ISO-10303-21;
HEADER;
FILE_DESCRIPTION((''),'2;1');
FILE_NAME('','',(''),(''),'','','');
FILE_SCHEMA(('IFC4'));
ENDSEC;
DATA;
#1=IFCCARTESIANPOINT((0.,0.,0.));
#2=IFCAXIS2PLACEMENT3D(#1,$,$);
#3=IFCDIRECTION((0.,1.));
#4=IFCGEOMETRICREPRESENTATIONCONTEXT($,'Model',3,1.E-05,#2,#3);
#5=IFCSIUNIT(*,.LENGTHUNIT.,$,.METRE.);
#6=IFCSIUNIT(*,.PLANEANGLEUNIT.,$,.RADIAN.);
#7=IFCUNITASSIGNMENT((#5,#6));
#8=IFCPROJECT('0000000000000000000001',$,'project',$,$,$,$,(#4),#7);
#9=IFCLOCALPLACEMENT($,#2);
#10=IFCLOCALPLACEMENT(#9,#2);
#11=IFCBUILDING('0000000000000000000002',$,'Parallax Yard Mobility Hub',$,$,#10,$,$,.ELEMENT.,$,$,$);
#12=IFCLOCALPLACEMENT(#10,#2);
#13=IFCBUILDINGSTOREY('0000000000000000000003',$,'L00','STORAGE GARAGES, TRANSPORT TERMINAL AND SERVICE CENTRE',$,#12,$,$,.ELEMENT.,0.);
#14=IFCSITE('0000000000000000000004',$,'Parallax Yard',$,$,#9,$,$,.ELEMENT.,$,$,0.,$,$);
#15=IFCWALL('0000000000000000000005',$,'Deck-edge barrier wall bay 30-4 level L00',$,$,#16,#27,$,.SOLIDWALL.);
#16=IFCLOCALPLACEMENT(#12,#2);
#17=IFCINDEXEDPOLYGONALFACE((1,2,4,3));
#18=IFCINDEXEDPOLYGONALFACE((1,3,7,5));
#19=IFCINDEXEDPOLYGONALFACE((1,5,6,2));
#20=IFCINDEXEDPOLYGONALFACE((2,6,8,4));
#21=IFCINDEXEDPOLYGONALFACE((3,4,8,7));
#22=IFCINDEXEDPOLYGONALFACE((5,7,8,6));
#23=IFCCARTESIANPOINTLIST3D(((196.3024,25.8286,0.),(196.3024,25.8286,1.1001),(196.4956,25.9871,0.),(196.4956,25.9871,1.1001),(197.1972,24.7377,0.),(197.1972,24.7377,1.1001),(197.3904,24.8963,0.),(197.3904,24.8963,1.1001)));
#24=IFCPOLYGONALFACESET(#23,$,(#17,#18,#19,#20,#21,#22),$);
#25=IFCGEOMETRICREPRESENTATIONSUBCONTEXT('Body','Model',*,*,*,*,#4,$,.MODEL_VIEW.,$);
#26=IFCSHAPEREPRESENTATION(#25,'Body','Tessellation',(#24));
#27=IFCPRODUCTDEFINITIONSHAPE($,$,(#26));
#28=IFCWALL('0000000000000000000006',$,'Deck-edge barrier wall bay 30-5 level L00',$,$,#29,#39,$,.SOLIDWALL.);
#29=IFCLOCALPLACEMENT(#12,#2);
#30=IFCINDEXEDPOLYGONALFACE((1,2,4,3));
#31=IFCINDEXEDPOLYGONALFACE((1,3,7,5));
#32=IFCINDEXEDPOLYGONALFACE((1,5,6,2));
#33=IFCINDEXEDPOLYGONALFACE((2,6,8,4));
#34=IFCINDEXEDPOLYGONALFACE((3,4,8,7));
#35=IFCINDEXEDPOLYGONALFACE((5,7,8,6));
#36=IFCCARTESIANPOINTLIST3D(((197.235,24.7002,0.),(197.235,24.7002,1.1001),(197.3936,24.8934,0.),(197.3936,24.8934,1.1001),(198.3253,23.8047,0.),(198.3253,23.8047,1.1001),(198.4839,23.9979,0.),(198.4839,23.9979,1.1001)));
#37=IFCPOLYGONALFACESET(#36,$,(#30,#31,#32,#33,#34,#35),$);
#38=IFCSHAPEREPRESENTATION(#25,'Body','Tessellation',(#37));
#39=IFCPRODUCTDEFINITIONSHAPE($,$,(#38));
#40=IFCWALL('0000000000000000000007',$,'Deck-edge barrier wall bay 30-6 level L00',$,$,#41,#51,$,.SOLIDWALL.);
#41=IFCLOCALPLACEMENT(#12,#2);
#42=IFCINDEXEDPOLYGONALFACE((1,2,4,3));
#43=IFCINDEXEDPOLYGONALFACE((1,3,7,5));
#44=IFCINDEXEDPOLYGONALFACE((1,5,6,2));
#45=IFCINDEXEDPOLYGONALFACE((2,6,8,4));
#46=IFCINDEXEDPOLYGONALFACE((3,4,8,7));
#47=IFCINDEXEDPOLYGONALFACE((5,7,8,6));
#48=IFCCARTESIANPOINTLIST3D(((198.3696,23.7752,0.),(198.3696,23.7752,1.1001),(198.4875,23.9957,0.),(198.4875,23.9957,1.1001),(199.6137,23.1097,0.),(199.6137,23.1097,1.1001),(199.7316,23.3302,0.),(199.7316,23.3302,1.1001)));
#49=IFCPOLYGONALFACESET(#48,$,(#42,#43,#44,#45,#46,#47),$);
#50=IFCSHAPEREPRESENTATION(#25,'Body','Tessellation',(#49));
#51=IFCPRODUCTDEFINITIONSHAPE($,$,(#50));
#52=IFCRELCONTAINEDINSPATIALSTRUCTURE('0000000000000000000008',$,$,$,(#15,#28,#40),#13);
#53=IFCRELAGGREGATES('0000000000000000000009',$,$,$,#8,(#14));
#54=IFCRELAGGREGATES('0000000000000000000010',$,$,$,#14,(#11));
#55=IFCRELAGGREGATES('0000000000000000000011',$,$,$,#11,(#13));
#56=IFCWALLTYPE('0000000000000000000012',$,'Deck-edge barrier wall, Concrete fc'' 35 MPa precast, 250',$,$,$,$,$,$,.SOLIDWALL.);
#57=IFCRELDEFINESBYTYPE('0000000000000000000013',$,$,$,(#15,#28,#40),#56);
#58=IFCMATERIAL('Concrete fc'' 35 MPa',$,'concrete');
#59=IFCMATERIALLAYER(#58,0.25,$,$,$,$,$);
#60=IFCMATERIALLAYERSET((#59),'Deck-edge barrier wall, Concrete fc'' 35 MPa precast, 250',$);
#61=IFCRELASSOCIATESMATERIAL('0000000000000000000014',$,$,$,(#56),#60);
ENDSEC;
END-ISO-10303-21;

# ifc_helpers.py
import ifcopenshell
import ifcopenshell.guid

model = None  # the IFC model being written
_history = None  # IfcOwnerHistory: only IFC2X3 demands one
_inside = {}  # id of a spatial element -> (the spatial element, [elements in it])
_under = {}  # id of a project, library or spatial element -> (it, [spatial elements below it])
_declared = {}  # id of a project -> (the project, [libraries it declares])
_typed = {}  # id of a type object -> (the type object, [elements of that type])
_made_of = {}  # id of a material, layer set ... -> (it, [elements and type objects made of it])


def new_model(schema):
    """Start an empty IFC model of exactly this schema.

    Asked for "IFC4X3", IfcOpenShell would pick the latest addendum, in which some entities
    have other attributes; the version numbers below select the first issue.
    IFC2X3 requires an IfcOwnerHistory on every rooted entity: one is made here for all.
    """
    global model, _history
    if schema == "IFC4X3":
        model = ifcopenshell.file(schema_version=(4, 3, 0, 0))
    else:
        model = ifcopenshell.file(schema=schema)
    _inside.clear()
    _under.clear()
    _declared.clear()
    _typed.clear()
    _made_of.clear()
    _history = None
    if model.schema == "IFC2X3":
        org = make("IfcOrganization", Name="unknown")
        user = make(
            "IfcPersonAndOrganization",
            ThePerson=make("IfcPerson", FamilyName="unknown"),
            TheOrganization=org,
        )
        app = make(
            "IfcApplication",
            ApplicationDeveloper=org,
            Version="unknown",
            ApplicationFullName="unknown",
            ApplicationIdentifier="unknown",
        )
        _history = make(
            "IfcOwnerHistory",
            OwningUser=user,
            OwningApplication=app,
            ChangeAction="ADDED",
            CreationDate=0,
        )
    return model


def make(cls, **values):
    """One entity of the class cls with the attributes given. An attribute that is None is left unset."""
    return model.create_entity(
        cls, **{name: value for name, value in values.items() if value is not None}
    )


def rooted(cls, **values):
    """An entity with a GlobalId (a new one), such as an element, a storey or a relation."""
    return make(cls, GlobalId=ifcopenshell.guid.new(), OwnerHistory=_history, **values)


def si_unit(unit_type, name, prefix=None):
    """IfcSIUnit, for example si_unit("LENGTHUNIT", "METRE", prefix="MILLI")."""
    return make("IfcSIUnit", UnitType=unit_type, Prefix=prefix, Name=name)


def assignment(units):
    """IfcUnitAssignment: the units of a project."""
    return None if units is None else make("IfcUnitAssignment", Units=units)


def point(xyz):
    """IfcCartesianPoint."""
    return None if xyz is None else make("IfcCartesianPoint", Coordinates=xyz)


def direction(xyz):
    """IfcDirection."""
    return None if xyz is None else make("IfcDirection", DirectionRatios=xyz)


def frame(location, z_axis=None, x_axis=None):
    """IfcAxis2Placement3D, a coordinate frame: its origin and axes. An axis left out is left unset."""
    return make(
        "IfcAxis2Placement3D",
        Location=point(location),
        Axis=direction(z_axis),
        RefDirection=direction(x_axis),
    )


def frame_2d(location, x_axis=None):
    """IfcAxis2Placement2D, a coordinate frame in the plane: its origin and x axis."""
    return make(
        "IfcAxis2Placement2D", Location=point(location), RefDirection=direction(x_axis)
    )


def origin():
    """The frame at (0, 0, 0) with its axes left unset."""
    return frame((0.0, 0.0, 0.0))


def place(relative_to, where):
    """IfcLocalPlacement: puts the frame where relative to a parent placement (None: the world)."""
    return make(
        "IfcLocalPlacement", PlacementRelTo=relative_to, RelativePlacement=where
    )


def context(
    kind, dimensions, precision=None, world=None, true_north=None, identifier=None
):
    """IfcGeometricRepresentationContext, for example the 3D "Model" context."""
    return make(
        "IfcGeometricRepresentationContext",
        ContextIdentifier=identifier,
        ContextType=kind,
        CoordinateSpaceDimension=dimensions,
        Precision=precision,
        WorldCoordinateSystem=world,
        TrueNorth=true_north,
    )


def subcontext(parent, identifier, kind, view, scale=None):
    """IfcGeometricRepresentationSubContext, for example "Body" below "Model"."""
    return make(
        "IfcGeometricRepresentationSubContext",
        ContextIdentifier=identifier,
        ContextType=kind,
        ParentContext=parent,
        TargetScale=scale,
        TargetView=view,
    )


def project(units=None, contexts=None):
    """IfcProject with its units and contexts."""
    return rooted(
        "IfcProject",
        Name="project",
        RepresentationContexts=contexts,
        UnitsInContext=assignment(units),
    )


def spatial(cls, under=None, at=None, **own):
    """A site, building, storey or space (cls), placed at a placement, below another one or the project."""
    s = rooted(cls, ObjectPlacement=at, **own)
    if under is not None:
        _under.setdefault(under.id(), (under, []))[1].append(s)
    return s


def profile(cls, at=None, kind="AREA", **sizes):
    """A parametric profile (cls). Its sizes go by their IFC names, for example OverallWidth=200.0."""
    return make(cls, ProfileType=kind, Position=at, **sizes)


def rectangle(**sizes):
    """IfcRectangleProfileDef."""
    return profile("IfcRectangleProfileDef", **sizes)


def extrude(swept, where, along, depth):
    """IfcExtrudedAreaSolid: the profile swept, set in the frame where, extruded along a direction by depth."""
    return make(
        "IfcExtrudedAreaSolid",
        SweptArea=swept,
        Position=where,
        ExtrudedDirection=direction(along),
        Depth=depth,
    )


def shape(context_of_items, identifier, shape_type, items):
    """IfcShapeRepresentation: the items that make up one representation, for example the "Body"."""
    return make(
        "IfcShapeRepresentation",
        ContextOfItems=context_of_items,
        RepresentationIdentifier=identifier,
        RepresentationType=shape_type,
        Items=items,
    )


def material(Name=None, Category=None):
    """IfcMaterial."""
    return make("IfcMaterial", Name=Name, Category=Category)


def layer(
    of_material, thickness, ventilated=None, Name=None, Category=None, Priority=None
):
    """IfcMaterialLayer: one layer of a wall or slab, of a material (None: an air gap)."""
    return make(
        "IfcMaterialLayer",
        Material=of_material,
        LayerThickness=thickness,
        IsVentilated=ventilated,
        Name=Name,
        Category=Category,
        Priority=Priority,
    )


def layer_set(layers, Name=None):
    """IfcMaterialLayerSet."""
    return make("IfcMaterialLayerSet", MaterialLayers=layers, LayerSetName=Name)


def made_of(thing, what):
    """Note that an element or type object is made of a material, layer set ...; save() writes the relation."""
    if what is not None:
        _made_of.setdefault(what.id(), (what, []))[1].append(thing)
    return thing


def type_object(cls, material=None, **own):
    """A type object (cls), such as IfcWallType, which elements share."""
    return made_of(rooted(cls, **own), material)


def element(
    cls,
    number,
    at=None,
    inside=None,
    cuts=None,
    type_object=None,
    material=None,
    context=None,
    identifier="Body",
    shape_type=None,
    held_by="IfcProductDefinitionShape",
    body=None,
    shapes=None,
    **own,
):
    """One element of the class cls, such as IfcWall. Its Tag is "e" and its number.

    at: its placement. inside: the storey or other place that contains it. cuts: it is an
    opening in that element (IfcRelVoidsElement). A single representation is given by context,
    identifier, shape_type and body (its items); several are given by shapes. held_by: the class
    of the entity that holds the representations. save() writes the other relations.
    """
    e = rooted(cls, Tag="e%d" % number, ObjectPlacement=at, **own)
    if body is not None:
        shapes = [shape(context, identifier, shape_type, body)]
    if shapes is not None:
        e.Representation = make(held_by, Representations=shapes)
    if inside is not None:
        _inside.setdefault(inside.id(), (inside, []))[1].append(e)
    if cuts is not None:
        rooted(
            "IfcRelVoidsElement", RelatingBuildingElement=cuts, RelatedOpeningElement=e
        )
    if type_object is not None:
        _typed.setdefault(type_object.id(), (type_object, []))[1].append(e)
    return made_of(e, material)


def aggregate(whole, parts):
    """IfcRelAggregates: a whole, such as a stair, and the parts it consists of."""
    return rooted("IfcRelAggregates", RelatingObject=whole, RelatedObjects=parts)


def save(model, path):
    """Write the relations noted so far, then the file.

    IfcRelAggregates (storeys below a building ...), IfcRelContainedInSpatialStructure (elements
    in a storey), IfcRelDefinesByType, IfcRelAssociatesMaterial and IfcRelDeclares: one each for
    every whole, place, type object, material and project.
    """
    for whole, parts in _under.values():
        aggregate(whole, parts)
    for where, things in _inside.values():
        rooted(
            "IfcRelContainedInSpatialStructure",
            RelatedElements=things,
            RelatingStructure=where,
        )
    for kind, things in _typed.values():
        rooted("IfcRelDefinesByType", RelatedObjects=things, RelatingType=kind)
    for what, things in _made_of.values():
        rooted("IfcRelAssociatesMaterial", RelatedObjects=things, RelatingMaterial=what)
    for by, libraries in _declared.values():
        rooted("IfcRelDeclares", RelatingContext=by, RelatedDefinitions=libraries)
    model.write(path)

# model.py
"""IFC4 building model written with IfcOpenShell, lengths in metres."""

from ifc_helpers import new_model, si_unit, direction, frame, frame_2d, origin, place, context, subcontext, project, spatial, rectangle, extrude, material, layer, layer_set, type_object, element, save


model = new_model("IFC4")

# Units and contexts
model_context = context("Model", 3, precision=1e-05, world=origin(), true_north=direction((0.0, 1.0)))
body_context = subcontext(model_context, "Body", "Model", "MODEL_VIEW")
ifc_project = project(units=[si_unit("LENGTHUNIT", "METRE"), si_unit("PLANEANGLEUNIT", "RADIAN")], contexts=[model_context])

# Site, building, storey
site_placement = place(None, origin())
site = spatial("IfcSite", under=ifc_project, at=site_placement, Name="Parallax Yard", CompositionType="ELEMENT", RefElevation=0.0)
building_placement = place(site_placement, origin())
building = spatial("IfcBuilding", under=site, at=building_placement, Name="Parallax Yard Mobility Hub", CompositionType="ELEMENT")
storey_placement = place(building_placement, origin())
storey = spatial("IfcBuildingStorey", under=building, at=storey_placement, Name="L00", Description="STORAGE GARAGES, TRANSPORT TERMINAL AND SERVICE CENTRE", CompositionType="ELEMENT", Elevation=0.0)

# Walls
ifc_material_1 = material(Name="Concrete fc' 35 MPa", Category="concrete")
ifc_layer = layer(ifc_material_1, 0.25)
ifc_layer_set = layer_set([ifc_layer], Name="Deck-edge barrier wall, Concrete fc' 35 MPa precast, 250")
wall_type = type_object("IfcWallType", Name="Deck-edge barrier wall, Concrete fc' 35 MPa precast, 250", PredefinedType="SOLIDWALL", material=ifc_layer_set)
for number, where, z_axis, x_axis, name in (
    (1, (196.3989, 25.908, 0.0), (0.0, 0.0, 1.0), (0.634208, -0.773163, 0.0), "Deck-edge barrier wall bay 30-4 level L00"),
    (2, (197.3142, 24.7969, 0.0), (0.0, 0.0, 1.0), (0.772769, -0.634688, 0.0), "Deck-edge barrier wall bay 30-5 level L00"),
    (3, (198.4285, 23.8855, 0.0), (0.0, 0.0, 1.0), (0.881768, -0.471684, 0.0), "Deck-edge barrier wall bay 30-6 level L00"),
):
    element("IfcWall", number, at=place(storey_placement, frame(where, z_axis=z_axis, x_axis=x_axis)), inside=storey, type_object=wall_type, Name=name, PredefinedType="SOLIDWALL", context=body_context, shape_type="SweptSolid", body=[
        extrude(rectangle(XDim=1.4109, YDim=0.25, at=frame_2d((0.7056, 0.0))), origin(), (0.0, 0.0, 1.0), 1.1001),
    ])

save(model, "model.ifc")
